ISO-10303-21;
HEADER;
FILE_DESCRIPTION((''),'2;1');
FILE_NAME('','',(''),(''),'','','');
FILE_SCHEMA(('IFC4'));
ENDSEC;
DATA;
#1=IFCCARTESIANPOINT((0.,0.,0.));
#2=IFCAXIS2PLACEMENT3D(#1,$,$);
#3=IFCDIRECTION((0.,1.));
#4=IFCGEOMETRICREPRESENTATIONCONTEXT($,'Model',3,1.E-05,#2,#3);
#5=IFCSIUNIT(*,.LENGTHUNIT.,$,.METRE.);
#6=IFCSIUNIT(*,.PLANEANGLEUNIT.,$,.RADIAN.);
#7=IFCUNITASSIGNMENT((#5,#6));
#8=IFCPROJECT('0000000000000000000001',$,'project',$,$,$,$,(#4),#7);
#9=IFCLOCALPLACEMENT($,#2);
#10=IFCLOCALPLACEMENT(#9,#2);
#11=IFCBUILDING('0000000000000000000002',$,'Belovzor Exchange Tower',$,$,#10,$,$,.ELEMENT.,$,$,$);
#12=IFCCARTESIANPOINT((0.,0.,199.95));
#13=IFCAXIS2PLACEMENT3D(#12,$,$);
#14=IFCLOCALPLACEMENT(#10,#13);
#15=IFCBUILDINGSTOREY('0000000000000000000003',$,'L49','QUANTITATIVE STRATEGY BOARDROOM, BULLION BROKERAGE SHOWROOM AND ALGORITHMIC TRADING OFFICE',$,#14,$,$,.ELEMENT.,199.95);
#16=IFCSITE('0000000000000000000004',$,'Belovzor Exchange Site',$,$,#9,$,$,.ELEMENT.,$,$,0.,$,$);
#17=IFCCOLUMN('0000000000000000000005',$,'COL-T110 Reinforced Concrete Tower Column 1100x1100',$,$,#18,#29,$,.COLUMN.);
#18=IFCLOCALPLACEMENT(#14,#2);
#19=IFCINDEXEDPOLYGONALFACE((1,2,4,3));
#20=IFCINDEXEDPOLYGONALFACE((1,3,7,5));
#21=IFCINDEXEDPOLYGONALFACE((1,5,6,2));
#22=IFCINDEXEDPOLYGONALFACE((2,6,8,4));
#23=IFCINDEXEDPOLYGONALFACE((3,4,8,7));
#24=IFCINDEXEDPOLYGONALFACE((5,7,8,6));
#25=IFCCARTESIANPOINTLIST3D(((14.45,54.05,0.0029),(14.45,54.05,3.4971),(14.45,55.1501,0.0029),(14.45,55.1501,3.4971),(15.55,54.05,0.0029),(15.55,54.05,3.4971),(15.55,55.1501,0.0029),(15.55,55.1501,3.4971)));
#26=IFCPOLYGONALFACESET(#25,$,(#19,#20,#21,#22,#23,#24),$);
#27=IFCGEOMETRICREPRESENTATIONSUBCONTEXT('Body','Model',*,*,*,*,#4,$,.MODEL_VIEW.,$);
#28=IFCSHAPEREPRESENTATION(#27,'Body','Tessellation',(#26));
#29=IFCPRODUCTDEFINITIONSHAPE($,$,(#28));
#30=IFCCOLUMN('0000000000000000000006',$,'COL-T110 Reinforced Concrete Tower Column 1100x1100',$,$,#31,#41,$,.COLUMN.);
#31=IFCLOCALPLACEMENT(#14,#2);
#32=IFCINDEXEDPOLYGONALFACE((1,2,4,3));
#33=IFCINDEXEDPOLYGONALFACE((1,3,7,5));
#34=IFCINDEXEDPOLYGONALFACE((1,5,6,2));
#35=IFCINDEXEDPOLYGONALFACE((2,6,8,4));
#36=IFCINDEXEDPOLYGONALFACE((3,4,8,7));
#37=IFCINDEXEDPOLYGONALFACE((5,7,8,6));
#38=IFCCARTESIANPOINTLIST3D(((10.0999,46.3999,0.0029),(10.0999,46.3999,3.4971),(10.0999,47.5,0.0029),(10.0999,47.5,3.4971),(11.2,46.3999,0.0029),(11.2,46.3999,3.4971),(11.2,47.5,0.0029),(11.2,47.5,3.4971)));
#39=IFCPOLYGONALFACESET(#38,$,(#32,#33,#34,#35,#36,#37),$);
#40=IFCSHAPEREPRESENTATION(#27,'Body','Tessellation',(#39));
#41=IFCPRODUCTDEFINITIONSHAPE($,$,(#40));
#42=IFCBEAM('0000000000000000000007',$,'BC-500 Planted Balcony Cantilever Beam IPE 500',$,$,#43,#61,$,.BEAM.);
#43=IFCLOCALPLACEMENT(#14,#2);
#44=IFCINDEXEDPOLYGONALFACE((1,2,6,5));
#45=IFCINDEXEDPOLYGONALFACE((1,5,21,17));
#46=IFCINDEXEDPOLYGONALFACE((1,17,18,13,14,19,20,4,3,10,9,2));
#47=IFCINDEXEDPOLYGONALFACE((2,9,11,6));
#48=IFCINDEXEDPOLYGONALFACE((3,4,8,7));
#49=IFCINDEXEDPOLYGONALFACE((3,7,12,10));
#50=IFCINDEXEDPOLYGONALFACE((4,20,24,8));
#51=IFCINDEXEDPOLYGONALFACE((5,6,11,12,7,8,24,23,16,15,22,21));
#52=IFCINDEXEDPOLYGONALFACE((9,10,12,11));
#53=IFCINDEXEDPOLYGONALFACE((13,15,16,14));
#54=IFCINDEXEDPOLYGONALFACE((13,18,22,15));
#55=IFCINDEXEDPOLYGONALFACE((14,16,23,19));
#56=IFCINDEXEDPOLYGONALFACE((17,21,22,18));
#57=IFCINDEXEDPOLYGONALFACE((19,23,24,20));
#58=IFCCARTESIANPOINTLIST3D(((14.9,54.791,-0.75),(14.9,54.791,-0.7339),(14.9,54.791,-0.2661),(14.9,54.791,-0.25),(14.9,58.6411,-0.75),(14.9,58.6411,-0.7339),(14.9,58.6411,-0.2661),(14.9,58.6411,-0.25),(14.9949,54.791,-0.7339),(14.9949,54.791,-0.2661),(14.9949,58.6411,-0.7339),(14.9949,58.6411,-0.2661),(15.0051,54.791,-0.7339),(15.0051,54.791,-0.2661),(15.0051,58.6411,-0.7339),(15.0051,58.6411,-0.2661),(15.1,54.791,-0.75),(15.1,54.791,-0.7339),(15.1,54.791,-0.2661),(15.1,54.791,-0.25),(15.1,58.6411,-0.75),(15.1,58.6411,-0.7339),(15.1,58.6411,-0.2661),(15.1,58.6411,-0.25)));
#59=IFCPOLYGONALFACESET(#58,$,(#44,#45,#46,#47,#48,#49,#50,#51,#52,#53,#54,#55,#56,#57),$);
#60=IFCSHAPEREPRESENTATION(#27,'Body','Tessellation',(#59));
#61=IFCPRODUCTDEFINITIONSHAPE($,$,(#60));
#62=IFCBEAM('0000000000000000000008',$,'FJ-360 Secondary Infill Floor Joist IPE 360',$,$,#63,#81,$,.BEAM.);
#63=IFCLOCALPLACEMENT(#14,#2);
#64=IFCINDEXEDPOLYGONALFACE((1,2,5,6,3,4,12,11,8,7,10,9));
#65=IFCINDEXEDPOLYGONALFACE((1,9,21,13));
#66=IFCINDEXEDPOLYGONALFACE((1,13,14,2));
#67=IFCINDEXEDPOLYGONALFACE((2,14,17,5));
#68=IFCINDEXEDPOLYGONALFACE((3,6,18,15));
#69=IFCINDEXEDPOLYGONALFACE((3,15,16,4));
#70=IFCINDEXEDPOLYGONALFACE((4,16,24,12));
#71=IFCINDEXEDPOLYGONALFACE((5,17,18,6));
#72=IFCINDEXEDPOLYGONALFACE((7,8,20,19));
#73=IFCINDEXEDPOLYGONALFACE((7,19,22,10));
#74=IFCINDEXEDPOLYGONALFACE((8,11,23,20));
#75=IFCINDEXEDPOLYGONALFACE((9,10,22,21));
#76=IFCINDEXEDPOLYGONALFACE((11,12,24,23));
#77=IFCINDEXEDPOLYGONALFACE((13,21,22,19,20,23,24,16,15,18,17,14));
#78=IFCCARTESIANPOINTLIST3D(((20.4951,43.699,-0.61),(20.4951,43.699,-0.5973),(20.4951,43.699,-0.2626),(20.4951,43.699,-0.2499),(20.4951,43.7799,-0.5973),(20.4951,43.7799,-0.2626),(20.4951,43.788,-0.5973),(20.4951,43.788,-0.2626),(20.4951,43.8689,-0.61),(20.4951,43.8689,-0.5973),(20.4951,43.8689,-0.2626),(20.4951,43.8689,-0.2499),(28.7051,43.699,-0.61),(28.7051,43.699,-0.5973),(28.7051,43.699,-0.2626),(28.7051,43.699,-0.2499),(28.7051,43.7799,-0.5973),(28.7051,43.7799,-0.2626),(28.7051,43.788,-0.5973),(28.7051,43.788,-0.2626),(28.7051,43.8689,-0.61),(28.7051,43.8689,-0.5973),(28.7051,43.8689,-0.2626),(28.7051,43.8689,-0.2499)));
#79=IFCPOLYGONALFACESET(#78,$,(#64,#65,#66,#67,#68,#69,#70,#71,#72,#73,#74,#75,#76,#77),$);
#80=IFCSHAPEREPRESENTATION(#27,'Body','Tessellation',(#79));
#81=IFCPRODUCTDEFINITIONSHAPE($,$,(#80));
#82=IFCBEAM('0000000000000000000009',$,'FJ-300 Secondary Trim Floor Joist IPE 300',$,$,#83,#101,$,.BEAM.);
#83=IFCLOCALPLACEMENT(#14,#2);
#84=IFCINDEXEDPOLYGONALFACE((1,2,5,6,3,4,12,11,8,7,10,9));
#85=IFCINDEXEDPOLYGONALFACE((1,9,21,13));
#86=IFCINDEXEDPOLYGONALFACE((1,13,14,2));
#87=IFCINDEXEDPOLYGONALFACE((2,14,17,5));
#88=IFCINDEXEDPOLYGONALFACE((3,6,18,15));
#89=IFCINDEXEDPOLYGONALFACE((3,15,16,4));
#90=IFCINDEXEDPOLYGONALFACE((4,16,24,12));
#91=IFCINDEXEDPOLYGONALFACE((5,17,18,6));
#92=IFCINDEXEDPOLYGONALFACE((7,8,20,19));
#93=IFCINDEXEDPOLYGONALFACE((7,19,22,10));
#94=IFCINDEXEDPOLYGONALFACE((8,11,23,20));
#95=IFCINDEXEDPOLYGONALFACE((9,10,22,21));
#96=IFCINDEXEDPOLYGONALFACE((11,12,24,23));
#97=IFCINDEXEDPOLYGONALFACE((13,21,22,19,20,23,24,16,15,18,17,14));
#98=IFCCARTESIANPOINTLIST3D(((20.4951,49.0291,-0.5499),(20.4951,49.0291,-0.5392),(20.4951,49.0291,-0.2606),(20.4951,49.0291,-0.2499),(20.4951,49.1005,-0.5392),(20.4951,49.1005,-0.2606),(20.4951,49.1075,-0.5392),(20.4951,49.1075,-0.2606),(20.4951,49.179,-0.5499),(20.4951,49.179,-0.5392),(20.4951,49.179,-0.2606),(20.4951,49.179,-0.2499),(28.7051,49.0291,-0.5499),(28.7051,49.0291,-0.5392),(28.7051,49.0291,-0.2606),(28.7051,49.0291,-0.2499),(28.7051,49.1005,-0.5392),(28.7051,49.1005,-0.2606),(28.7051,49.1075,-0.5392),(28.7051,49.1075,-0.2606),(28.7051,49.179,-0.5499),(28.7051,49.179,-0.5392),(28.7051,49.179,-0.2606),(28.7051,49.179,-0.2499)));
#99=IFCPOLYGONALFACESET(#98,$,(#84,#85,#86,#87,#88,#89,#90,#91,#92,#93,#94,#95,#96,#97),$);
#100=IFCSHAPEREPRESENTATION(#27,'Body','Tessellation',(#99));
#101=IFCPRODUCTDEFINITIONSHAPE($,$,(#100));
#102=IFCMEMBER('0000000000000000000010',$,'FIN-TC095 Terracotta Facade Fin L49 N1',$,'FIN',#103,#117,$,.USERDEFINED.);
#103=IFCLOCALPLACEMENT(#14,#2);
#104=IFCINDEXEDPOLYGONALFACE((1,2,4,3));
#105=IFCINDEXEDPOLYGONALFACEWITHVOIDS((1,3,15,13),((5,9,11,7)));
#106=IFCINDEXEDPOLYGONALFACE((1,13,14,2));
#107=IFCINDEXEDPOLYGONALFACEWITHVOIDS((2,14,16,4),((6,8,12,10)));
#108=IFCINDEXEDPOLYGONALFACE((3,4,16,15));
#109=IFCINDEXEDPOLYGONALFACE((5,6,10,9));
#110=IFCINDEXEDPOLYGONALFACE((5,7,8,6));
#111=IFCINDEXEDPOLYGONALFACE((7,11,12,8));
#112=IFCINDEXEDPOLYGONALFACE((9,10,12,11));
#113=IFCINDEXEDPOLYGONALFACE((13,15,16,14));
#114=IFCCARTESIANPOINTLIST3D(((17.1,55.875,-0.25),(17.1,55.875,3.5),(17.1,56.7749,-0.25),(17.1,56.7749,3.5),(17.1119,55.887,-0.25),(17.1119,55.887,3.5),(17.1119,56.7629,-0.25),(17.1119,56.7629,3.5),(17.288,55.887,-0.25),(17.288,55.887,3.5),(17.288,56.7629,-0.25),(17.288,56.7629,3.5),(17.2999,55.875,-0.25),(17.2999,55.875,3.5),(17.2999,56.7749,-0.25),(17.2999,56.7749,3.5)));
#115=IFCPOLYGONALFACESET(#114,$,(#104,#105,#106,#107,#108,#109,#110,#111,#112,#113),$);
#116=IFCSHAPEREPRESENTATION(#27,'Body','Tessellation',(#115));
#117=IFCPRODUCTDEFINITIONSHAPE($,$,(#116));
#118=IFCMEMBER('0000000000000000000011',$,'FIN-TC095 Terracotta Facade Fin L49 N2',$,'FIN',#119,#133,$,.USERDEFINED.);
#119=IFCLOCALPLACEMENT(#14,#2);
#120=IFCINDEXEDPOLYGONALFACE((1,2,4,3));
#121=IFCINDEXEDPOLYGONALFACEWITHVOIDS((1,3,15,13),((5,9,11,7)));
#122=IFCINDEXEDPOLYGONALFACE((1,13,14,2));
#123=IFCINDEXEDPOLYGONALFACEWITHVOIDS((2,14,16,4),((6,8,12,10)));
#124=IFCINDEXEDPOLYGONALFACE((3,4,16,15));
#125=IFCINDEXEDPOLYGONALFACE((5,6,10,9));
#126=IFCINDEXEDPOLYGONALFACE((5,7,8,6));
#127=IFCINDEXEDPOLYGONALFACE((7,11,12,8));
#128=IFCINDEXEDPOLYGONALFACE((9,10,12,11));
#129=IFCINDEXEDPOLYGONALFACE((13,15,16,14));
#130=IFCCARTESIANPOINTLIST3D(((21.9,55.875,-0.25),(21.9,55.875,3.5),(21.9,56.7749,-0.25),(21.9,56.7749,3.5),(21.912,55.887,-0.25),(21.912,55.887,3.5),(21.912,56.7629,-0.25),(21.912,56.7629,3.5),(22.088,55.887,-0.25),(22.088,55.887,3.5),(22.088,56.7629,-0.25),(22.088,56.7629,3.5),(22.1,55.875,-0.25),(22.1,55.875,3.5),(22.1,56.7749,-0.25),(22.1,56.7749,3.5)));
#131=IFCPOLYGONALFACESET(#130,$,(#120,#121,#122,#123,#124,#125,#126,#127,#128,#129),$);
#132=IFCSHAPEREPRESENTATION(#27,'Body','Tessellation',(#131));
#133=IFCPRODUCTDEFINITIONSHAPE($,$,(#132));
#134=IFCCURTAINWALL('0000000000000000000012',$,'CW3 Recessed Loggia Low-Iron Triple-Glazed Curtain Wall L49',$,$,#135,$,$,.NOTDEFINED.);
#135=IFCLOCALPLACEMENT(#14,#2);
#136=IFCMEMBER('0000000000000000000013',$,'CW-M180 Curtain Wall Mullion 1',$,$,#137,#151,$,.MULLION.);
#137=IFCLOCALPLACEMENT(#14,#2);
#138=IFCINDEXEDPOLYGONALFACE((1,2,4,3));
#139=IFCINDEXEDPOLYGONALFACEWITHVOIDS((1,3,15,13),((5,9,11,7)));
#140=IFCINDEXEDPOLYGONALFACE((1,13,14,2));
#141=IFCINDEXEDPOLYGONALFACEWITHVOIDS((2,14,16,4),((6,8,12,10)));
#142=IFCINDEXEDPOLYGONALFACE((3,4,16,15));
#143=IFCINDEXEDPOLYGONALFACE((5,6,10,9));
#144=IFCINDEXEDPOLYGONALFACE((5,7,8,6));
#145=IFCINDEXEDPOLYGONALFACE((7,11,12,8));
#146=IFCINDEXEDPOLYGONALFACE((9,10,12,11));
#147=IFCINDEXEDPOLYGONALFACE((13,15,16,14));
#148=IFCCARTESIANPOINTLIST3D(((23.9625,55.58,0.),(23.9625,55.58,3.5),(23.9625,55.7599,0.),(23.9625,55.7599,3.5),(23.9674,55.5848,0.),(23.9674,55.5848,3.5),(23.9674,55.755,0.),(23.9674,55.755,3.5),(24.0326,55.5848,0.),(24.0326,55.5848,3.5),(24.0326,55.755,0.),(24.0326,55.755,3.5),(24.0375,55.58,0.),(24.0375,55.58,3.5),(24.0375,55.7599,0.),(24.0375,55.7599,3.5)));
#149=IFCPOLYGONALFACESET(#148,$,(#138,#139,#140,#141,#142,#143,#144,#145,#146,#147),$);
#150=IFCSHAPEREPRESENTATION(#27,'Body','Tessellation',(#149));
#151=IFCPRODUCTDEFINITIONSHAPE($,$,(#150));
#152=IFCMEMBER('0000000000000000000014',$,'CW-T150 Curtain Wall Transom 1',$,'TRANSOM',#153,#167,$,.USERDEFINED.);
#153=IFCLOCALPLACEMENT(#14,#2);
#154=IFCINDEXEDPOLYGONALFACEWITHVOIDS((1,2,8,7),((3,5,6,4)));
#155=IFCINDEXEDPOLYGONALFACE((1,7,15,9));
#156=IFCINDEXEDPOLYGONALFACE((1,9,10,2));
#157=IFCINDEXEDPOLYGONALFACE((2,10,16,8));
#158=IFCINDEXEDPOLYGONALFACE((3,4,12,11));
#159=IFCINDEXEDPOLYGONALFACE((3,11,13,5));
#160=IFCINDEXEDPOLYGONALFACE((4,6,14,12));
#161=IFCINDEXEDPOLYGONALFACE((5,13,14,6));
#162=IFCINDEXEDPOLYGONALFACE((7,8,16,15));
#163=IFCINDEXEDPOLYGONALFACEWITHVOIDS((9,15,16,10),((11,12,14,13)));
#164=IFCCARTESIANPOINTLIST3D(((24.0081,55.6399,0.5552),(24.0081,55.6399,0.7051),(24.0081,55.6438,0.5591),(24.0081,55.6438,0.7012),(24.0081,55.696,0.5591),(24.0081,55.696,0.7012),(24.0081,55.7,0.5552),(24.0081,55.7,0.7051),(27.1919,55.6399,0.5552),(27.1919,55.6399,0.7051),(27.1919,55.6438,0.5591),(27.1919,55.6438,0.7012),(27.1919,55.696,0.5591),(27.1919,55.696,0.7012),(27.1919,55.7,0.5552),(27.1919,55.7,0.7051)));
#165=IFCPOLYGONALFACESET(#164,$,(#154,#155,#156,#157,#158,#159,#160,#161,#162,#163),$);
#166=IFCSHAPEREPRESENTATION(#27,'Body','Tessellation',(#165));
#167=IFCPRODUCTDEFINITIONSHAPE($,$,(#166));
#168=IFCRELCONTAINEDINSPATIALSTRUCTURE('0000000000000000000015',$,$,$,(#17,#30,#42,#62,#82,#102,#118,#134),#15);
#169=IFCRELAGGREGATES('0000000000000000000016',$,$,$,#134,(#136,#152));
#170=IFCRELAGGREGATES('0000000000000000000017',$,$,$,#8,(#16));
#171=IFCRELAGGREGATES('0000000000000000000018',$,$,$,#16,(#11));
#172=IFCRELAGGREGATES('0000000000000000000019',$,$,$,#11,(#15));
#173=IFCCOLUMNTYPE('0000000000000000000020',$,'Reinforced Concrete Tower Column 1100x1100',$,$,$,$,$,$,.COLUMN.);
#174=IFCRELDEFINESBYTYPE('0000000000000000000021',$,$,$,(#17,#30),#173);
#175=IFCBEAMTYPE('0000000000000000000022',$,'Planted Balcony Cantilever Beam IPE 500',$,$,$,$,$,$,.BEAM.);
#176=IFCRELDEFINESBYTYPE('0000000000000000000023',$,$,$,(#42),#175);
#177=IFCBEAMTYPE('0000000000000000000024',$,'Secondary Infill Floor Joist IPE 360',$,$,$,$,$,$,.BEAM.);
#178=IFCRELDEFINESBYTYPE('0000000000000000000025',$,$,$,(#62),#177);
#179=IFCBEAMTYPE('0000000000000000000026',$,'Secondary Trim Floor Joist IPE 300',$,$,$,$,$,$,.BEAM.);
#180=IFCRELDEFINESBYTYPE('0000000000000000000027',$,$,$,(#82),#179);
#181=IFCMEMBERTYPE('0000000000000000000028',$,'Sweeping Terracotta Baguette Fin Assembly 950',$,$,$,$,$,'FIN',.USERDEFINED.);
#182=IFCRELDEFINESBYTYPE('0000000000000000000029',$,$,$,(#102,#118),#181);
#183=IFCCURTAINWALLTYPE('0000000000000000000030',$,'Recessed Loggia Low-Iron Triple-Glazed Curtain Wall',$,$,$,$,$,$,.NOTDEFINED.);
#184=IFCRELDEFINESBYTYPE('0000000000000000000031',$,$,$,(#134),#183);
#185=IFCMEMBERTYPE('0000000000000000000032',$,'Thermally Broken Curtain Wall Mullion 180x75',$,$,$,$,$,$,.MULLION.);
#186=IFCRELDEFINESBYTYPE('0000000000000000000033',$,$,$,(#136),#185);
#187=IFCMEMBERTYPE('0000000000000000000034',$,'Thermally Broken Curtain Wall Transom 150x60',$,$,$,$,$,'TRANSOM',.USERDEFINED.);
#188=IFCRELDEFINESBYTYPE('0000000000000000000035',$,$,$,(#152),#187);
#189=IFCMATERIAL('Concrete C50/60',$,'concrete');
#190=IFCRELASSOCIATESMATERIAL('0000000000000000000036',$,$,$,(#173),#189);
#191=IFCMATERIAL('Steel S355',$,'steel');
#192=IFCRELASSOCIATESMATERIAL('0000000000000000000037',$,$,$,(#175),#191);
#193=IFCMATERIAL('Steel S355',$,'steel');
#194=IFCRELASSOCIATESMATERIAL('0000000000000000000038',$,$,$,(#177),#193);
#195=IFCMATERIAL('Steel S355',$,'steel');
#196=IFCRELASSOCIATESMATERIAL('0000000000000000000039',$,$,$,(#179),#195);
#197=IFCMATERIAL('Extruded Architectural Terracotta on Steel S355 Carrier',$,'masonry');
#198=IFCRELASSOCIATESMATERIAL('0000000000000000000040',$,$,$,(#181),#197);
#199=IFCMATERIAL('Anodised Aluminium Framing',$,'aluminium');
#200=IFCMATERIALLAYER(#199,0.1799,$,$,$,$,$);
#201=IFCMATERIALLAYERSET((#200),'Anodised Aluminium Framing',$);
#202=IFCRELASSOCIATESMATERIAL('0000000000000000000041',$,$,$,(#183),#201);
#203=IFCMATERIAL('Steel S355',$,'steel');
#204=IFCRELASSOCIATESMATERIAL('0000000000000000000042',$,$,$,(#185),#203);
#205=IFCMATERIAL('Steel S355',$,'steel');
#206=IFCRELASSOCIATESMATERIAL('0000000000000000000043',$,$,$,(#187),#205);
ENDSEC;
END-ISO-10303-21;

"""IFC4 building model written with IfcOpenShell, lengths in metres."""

from ifc_helpers import new_model, si_unit, direction, frame, origin, origin_2d, place, context, subcontext, project, spatial, rectangle, hollow_rectangle, i_section, extrude, material, layer, layer_set, material_profile, profile_set, type_object, element, aggregate, save


model = new_model("IFC4")

# Units and contexts
model_context = context("Model", 3, precision=1e-05, world=origin(), true_north=direction((0.0, 1.0)))
body_context = subcontext(model_context, "Body", "Model", "MODEL_VIEW")
ifc_project = project(units=[si_unit("LENGTHUNIT", "METRE"), si_unit("PLANEANGLEUNIT", "RADIAN")], contexts=[model_context])

# Site, building, storey
site_placement = place(None, origin())
site = spatial("IfcSite", under=ifc_project, at=site_placement, Name="Belovzor Exchange Site", CompositionType="ELEMENT", RefElevation=0.0)
building_placement = place(site_placement, origin())
building = spatial("IfcBuilding", under=site, at=building_placement, Name="Belovzor Exchange Tower", CompositionType="ELEMENT")
storey_placement = place(building_placement, frame((0.0, 0.0, 199.95)))
storey = spatial("IfcBuildingStorey", under=building, at=storey_placement, Name="L49", Description="QUANTITATIVE STRATEGY BOARDROOM, BULLION BROKERAGE SHOWROOM AND ALGORITHMIC TRADING OFFICE", CompositionType="ELEMENT", Elevation=199.95)

# Columns
ifc_material_1 = material(Name="Concrete C50/60", Category="concrete")
ifc_material_profile_1 = material_profile(ifc_material_1, rectangle(XDim=1.1001, YDim=1.1001, at=origin_2d()))
ifc_profile_set_1 = profile_set([ifc_material_profile_1], Name="Concrete C50/60")
column_type = type_object("IfcColumnType", Name="Reinforced Concrete Tower Column 1100x1100", PredefinedType="COLUMN", material=ifc_profile_set_1)
for number, where, z_axis, x_axis, name in (
    (1, (15.0, 54.6001, 0.0029), (0.0, 0.0, 1.0), (1.0, 0.0, 0.0), "COL-T110 Reinforced Concrete Tower Column 1100x1100"),
    (2, (10.6499, 46.95, 0.0029), (0.0, 0.0, 1.0), (1.0, 0.0, 0.0), "COL-T110 Reinforced Concrete Tower Column 1100x1100"),
):
    element("IfcColumn", number, at=place(storey_placement, frame(where, z_axis=z_axis, x_axis=x_axis)), inside=storey, type_object=column_type, Name=name, PredefinedType="COLUMN", context=body_context, shape_type="SweptSolid", body=[
        extrude(rectangle(XDim=1.1001, YDim=1.1001, at=origin_2d()), origin(), (0.0, 0.0, 1.0), 3.4941),
    ])

# Beams
ifc_material_2 = material(Name="Steel S355", Category="steel")
ifc_material_profile_2 = material_profile(ifc_material_2, i_section(OverallWidth=0.2, OverallDepth=0.5, WebThickness=0.0103, FlangeThickness=0.0161, at=origin_2d()))
ifc_profile_set_2 = profile_set([ifc_material_profile_2], Name="Steel S355")
beam_type_1 = type_object("IfcBeamType", Name="Planted Balcony Cantilever Beam IPE 500", PredefinedType="BEAM", material=ifc_profile_set_2)
beam_1_placement = place(storey_placement, frame((15.0, 54.791, -0.5), z_axis=(0.0, 1.0, 0.0), x_axis=(-1.0, 0.0, 0.0)))
element("IfcBeam", 3, at=beam_1_placement, inside=storey, type_object=beam_type_1, Name="BC-500 Planted Balcony Cantilever Beam IPE 500", PredefinedType="BEAM", context=body_context, shape_type="SweptSolid", body=[
    extrude(i_section(OverallWidth=0.2, OverallDepth=0.5, WebThickness=0.0103, FlangeThickness=0.0161, at=origin_2d()), origin(), (0.0, 0.0, 1.0), 3.8501),
])
ifc_material_3 = material(Name="Steel S355", Category="steel")
ifc_material_profile_3 = material_profile(ifc_material_3, i_section(OverallWidth=0.1699, OverallDepth=0.3601, WebThickness=0.0081, FlangeThickness=0.0127, at=origin_2d()))
ifc_profile_set_3 = profile_set([ifc_material_profile_3], Name="Steel S355")
beam_type_2 = type_object("IfcBeamType", Name="Secondary Infill Floor Joist IPE 360", PredefinedType="BEAM", material=ifc_profile_set_3)
beam_2_placement = place(storey_placement, frame((20.4951, 43.7839, -0.4299), z_axis=(1.0, 0.0, 0.0), x_axis=(0.0, 1.0, 0.0)))
element("IfcBeam", 4, at=beam_2_placement, inside=storey, type_object=beam_type_2, Name="FJ-360 Secondary Infill Floor Joist IPE 360", PredefinedType="BEAM", context=body_context, shape_type="SweptSolid", body=[
    extrude(i_section(OverallWidth=0.1699, OverallDepth=0.3601, WebThickness=0.0081, FlangeThickness=0.0127, at=origin_2d()), origin(), (0.0, 0.0, 1.0), 8.21),
])
ifc_material_4 = material(Name="Steel S355", Category="steel")
ifc_material_profile_4 = material_profile(ifc_material_4, i_section(OverallWidth=0.1499, OverallDepth=0.3, WebThickness=0.0071, FlangeThickness=0.0107, at=origin_2d()))
ifc_profile_set_4 = profile_set([ifc_material_profile_4], Name="Steel S355")
beam_type_3 = type_object("IfcBeamType", Name="Secondary Trim Floor Joist IPE 300", PredefinedType="BEAM", material=ifc_profile_set_4)
beam_3_placement = place(storey_placement, frame((20.4951, 49.104, -0.3999), z_axis=(1.0, 0.0, 0.0), x_axis=(0.0, 1.0, 0.0)))
element("IfcBeam", 5, at=beam_3_placement, inside=storey, type_object=beam_type_3, Name="FJ-300 Secondary Trim Floor Joist IPE 300", PredefinedType="BEAM", context=body_context, shape_type="SweptSolid", body=[
    extrude(i_section(OverallWidth=0.1499, OverallDepth=0.3, WebThickness=0.0071, FlangeThickness=0.0107, at=origin_2d()), origin(), (0.0, 0.0, 1.0), 8.21),
])

# Members
ifc_material_5 = material(Name="Extruded Architectural Terracotta on Steel S355 Carrier", Category="masonry")
ifc_material_profile_5 = material_profile(ifc_material_5, hollow_rectangle(XDim=0.2, YDim=0.8999, WallThickness=0.012, at=origin_2d()))
ifc_profile_set_5 = profile_set([ifc_material_profile_5], Name="Extruded Architectural Terracotta on Steel S355 Carrier")
member_type_1 = type_object("IfcMemberType", Name="Sweeping Terracotta Baguette Fin Assembly 950", ElementType="FIN", PredefinedType="USERDEFINED", material=ifc_profile_set_5)
for number, where, z_axis, x_axis, name in (
    (6, (17.2, 56.325, -0.25), (0.0, 0.0, 1.0), (1.0, 0.0, 0.0), "FIN-TC095 Terracotta Facade Fin L49 N1"),
    (7, (22.0, 56.325, -0.25), (0.0, 0.0, 1.0), (1.0, 0.0, 0.0), "FIN-TC095 Terracotta Facade Fin L49 N2"),
):
    element("IfcMember", number, at=place(storey_placement, frame(where, z_axis=z_axis, x_axis=x_axis)), inside=storey, type_object=member_type_1, Name=name, ObjectType="FIN", PredefinedType="USERDEFINED", context=body_context, shape_type="SweptSolid", body=[
        extrude(hollow_rectangle(XDim=0.2, YDim=0.8999, WallThickness=0.012, at=origin_2d()), origin(), (0.0, 0.0, 1.0), 3.75),
    ])

# Curtain wall, members
ifc_material_6 = material(Name="Anodised Aluminium Framing", Category="aluminium")
ifc_layer_1 = layer(ifc_material_6, 0.1799)
ifc_layer_set_1 = layer_set([ifc_layer_1], Name="Anodised Aluminium Framing")
curtain_wall_type = type_object("IfcCurtainWallType", Name="Recessed Loggia Low-Iron Triple-Glazed Curtain Wall", PredefinedType="NOTDEFINED", material=ifc_layer_set_1)
curtain_wall_placement = place(storey_placement, origin())
curtain_wall = element("IfcCurtainWall", 8, at=curtain_wall_placement, inside=storey, type_object=curtain_wall_type, Name="CW3 Recessed Loggia Low-Iron Triple-Glazed Curtain Wall L49", PredefinedType="NOTDEFINED")
ifc_material_7 = material(Name="Steel S355", Category="steel")
ifc_material_profile_6 = material_profile(ifc_material_7, hollow_rectangle(XDim=0.075, YDim=0.1799, WallThickness=0.0049, at=origin_2d()))
ifc_profile_set_6 = profile_set([ifc_material_profile_6], Name="Steel S355")
member_type_2 = type_object("IfcMemberType", Name="Thermally Broken Curtain Wall Mullion 180x75", PredefinedType="MULLION", material=ifc_profile_set_6)
member_1_placement = place(storey_placement, frame((24.0, 55.6699, 0.0), z_axis=(0.0, 0.0, 1.0), x_axis=(1.0, 0.0, 0.0)))
member_1 = element("IfcMember", 9, at=member_1_placement, type_object=member_type_2, Name="CW-M180 Curtain Wall Mullion 1", PredefinedType="MULLION", context=body_context, shape_type="SweptSolid", body=[
    extrude(hollow_rectangle(XDim=0.075, YDim=0.1799, WallThickness=0.0049, at=origin_2d()), origin(), (0.0, 0.0, 1.0), 3.5),
])
ifc_material_8 = material(Name="Steel S355", Category="steel")
ifc_material_profile_7 = material_profile(ifc_material_8, hollow_rectangle(XDim=0.0601, YDim=0.1499, WallThickness=0.0039, at=origin_2d()))
ifc_profile_set_7 = profile_set([ifc_material_profile_7], Name="Steel S355")
member_type_3 = type_object("IfcMemberType", Name="Thermally Broken Curtain Wall Transom 150x60", ElementType="TRANSOM", PredefinedType="USERDEFINED", material=ifc_profile_set_7)
member_2_placement = place(storey_placement, frame((24.0081, 55.6699, 0.6301), z_axis=(1.0, 0.0, 0.0), x_axis=(0.0, 1.0, 0.0)))
member_2 = element("IfcMember", 10, at=member_2_placement, type_object=member_type_3, Name="CW-T150 Curtain Wall Transom 1", ObjectType="TRANSOM", PredefinedType="USERDEFINED", context=body_context, shape_type="SweptSolid", body=[
    extrude(hollow_rectangle(XDim=0.0601, YDim=0.1499, WallThickness=0.0039, at=origin_2d()), origin(), (0.0, 0.0, 1.0), 3.1838),
])

aggregate(curtain_wall, [member_1, member_2])

save(model, "model.ifc")
